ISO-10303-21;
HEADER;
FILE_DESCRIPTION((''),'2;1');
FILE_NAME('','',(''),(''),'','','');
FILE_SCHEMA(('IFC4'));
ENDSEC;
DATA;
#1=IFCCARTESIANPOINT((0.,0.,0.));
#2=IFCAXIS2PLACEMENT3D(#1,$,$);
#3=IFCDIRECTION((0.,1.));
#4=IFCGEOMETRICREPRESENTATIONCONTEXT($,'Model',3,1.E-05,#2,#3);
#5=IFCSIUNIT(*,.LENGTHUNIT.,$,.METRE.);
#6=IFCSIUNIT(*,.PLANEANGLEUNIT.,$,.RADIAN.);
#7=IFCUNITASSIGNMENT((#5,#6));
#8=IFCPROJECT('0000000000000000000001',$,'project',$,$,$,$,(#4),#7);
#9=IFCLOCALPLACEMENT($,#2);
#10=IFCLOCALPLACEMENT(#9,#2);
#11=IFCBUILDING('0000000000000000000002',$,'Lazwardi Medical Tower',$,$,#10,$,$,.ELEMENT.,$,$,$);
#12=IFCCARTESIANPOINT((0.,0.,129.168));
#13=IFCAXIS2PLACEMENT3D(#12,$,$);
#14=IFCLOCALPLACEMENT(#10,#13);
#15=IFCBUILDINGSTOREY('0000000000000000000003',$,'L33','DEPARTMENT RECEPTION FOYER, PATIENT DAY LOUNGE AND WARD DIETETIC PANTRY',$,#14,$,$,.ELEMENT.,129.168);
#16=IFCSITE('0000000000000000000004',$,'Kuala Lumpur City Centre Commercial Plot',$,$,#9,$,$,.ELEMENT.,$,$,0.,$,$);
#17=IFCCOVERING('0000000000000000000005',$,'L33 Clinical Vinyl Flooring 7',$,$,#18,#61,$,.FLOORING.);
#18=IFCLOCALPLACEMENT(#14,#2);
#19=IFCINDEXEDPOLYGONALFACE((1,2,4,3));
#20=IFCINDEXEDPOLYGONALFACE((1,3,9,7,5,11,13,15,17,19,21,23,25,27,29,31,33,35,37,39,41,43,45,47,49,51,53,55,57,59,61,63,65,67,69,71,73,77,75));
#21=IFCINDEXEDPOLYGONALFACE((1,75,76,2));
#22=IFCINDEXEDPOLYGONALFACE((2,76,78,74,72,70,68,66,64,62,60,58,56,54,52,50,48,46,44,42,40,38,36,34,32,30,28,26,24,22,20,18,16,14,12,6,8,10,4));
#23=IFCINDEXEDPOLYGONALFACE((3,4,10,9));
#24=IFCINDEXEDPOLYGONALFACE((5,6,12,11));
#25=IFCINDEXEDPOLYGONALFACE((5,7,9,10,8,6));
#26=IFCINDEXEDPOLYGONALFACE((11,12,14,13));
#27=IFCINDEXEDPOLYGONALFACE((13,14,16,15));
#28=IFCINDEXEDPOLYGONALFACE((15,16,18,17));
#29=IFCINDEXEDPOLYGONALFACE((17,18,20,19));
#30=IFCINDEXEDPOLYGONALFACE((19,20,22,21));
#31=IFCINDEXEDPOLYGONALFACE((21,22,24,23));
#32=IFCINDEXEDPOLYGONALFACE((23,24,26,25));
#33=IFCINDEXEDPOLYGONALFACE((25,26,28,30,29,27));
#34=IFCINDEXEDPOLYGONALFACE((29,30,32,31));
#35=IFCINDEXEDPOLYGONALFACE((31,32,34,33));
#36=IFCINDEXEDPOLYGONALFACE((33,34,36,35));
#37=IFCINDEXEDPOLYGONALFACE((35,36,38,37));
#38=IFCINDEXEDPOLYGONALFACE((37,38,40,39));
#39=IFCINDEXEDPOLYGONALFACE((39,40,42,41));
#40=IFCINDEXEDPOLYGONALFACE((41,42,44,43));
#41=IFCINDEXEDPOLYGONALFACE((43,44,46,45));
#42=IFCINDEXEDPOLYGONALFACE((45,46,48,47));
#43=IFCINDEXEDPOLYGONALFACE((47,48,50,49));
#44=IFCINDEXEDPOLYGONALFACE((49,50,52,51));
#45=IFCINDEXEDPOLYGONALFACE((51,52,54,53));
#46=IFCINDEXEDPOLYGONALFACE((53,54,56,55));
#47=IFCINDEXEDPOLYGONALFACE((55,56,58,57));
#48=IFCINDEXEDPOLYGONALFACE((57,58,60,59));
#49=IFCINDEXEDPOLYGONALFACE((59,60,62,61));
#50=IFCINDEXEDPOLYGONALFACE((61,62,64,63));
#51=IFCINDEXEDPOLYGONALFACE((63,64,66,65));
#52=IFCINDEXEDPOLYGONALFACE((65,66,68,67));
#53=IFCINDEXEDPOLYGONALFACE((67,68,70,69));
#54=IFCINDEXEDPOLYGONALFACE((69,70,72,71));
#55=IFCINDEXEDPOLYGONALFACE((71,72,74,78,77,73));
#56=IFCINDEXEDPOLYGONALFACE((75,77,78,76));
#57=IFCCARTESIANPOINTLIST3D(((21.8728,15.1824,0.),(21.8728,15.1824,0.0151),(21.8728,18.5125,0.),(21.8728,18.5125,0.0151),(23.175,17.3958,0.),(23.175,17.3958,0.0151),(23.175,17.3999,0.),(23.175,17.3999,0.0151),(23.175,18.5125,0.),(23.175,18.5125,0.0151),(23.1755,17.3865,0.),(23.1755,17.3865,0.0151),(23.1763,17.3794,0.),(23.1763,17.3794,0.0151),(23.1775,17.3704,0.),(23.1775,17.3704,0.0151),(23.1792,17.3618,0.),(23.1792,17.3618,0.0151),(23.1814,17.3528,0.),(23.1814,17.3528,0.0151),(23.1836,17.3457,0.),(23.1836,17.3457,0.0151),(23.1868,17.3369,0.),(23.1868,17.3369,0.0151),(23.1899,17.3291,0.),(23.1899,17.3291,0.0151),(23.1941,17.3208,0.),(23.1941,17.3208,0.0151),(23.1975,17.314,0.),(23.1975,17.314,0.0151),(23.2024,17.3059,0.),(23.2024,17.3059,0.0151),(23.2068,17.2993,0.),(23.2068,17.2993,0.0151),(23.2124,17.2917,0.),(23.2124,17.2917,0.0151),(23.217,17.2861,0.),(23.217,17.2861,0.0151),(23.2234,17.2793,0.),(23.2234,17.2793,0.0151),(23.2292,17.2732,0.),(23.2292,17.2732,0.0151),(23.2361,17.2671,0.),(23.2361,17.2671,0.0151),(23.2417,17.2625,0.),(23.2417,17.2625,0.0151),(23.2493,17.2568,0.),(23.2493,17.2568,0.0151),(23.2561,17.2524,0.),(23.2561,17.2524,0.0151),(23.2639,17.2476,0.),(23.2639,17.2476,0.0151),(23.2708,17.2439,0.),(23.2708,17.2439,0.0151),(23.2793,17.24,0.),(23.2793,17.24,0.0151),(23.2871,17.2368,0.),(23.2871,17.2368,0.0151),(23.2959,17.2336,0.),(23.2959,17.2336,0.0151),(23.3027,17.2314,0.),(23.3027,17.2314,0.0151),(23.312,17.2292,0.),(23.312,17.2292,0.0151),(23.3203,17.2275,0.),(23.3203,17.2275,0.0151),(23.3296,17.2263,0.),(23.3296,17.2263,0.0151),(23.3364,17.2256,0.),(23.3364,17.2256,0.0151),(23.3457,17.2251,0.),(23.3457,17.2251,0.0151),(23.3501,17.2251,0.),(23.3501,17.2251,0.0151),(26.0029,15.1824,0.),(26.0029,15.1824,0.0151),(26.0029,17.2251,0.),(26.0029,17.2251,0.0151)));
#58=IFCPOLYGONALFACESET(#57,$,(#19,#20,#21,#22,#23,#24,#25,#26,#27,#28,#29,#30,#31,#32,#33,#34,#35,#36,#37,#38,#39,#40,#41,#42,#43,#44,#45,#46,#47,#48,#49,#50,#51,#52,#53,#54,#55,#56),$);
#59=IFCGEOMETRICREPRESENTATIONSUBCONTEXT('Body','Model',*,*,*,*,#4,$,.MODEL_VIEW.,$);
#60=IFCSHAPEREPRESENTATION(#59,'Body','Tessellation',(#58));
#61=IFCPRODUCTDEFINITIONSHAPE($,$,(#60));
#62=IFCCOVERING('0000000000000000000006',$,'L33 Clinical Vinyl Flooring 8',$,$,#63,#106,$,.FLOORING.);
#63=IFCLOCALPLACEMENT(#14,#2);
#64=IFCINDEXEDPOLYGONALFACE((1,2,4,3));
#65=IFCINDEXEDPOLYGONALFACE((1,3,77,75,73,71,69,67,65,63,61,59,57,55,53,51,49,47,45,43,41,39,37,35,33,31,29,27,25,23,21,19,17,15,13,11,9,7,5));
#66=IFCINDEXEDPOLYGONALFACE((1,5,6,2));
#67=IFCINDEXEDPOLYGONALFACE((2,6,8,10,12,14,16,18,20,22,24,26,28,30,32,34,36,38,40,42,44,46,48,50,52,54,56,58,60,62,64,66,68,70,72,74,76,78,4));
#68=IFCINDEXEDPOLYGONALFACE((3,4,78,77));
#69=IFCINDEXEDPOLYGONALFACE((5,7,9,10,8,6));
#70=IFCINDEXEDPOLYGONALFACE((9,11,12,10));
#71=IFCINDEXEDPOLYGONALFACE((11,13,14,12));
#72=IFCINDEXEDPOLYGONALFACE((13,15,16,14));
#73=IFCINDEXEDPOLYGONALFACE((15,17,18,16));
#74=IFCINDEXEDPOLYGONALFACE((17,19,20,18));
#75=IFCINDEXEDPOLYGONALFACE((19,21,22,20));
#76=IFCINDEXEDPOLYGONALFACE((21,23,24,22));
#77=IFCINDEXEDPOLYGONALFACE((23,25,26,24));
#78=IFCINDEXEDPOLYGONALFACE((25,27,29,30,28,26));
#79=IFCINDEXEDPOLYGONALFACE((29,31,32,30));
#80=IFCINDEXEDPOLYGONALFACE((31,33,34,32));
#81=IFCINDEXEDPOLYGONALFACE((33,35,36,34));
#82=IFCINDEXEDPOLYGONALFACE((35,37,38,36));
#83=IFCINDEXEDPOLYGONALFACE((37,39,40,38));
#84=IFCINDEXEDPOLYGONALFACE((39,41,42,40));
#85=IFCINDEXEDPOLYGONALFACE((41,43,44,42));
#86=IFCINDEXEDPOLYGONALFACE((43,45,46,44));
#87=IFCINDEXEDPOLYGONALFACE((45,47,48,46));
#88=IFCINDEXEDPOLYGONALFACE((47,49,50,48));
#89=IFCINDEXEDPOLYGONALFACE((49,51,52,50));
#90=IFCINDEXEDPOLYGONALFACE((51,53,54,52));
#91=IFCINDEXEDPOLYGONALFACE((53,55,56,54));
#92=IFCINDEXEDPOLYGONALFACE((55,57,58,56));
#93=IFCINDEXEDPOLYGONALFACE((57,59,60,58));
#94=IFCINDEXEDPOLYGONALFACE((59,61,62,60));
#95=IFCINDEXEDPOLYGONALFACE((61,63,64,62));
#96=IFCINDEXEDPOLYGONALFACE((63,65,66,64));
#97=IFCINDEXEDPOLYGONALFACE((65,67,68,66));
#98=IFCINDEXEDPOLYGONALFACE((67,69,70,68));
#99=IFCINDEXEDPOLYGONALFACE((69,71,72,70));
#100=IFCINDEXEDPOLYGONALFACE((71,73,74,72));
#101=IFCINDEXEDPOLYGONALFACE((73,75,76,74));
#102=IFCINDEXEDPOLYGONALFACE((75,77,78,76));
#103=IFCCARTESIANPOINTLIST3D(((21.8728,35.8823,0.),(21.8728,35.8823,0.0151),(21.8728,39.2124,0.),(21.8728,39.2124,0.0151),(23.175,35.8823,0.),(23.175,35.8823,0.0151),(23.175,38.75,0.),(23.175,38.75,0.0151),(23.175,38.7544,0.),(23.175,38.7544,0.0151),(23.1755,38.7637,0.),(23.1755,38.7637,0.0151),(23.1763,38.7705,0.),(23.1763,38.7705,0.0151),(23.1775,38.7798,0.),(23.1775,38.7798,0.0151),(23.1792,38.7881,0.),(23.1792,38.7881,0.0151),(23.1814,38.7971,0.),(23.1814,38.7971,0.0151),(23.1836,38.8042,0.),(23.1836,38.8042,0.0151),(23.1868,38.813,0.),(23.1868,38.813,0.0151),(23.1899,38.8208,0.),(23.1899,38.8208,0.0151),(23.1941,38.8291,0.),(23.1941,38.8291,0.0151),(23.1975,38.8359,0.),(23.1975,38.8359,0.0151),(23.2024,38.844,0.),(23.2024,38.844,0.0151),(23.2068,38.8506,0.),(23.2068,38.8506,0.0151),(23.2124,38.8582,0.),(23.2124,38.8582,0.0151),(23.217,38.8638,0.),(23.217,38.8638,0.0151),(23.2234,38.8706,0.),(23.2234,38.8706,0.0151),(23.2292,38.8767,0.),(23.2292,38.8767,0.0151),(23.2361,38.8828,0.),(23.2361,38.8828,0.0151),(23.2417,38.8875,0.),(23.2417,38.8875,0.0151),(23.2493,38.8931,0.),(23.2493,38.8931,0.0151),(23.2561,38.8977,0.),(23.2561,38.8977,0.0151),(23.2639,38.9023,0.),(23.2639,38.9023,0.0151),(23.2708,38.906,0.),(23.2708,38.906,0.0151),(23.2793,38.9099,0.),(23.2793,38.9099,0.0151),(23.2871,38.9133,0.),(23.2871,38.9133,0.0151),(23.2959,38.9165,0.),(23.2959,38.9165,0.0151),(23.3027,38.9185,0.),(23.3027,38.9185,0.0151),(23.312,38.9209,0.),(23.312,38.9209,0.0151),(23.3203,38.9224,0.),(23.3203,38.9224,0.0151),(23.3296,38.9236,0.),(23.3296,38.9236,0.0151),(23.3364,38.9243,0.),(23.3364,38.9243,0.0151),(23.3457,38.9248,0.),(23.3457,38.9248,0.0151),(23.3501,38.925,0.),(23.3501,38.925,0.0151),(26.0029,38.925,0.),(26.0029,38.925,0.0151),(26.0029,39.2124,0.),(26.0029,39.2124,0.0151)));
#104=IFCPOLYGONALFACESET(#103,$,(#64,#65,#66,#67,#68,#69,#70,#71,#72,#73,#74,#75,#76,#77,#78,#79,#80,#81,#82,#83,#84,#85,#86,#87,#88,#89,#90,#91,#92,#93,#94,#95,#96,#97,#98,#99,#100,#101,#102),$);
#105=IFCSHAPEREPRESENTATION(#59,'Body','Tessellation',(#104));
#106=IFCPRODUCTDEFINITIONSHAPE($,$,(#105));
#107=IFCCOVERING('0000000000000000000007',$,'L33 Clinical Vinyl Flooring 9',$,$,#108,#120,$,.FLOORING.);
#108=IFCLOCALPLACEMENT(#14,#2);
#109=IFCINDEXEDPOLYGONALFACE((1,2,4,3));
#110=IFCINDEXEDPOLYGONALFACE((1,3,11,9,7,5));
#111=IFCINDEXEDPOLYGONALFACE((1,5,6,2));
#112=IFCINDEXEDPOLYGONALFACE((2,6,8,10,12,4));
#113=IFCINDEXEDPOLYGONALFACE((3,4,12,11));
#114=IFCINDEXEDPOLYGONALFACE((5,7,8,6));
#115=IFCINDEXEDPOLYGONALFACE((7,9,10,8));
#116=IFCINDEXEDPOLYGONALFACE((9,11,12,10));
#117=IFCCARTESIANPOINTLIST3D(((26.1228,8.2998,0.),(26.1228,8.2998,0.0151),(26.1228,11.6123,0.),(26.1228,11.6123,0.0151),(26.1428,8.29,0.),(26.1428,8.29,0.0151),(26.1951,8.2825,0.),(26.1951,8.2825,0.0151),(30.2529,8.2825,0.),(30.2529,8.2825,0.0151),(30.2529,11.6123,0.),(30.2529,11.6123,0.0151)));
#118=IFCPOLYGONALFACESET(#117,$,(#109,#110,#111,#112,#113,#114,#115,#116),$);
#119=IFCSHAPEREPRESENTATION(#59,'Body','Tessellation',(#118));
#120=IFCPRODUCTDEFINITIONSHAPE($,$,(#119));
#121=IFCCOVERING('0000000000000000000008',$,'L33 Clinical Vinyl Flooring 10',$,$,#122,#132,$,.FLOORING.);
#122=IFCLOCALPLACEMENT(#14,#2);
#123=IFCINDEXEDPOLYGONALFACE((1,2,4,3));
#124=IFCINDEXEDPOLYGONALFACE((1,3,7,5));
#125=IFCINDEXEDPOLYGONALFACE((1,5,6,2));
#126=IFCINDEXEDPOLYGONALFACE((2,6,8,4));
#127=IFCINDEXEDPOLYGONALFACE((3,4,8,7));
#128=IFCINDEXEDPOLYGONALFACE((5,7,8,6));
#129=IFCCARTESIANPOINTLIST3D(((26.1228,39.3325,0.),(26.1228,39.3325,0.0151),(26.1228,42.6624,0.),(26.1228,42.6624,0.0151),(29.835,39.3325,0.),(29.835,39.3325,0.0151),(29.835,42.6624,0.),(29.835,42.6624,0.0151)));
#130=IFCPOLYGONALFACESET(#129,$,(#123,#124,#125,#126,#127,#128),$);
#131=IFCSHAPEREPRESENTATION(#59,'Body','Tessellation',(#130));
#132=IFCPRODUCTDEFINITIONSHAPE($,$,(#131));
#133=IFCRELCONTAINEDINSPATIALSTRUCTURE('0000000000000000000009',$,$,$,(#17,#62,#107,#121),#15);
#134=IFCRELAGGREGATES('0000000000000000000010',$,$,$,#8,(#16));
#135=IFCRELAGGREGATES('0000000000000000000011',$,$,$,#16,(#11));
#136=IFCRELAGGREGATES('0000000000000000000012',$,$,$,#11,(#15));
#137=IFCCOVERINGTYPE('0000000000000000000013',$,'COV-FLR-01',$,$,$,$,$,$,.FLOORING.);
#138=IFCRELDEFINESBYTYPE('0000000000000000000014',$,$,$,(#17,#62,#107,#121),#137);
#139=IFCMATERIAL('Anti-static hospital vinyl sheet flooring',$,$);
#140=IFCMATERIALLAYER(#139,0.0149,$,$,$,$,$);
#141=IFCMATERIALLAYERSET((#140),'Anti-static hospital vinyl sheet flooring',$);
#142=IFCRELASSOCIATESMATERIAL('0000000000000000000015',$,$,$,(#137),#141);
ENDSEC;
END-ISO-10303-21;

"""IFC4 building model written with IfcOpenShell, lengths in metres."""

from ifc_helpers import new_model, si_unit, direction, frame, origin, place, context, subcontext, project, spatial, polyline, outline, extrude, material, layer, layer_set, type_object, element, save


model = new_model("IFC4")

# Units and contexts
model_context = context("Model", 3, precision=1e-05, world=origin(), true_north=direction((0.0, 1.0)))
body_context = subcontext(model_context, "Body", "Model", "MODEL_VIEW")
ifc_project = project(units=[si_unit("LENGTHUNIT", "METRE"), si_unit("PLANEANGLEUNIT", "RADIAN")], contexts=[model_context])

# Site, building, storey
site_placement = place(None, origin())
site = spatial("IfcSite", under=ifc_project, at=site_placement, Name="Kuala Lumpur City Centre Commercial Plot", CompositionType="ELEMENT", RefElevation=0.0)
building_placement = place(site_placement, origin())
building = spatial("IfcBuilding", under=site, at=building_placement, Name="Lazwardi Medical Tower", CompositionType="ELEMENT")
storey_placement = place(building_placement, frame((0.0, 0.0, 129.168)))
storey = spatial("IfcBuildingStorey", under=building, at=storey_placement, Name="L33", Description="DEPARTMENT RECEPTION FOYER, PATIENT DAY LOUNGE AND WARD DIETETIC PANTRY", CompositionType="ELEMENT", Elevation=129.168)

# Coverings
ifc_material_1 = material(Name="Anti-static hospital vinyl sheet flooring")
ifc_layer_1 = layer(ifc_material_1, 0.0149)
ifc_layer_set_1 = layer_set([ifc_layer_1], Name="Anti-static hospital vinyl sheet flooring")
covering_type_1 = type_object("IfcCoveringType", Name="COV-FLR-01", PredefinedType="FLOORING", material=ifc_layer_set_1)
covering_1_placement = place(storey_placement, origin())
element("IfcCovering", 1, at=covering_1_placement, inside=storey, type_object=covering_type_1, Name="L33 Clinical Vinyl Flooring 7", PredefinedType="FLOORING", context=body_context, shape_type="SweptSolid", body=[
    extrude(outline(polyline([(26.0029, 17.2251), (23.3501, 17.2251), (23.3457, 17.2251), (23.3364, 17.2256), (23.3296, 17.2263), (23.3203, 17.2275), (23.312, 17.2292), (23.3027, 17.2314), (23.2959, 17.2336), (23.2871, 17.2368), (23.2793, 17.24), (23.2708, 17.2439), (23.2639, 17.2476), (23.2561, 17.2524), (23.2493, 17.2568), (23.2417, 17.2625), (23.2361, 17.2671), (23.2292, 17.2732), (23.2234, 17.2793), (23.217, 17.2861), (23.2124, 17.2917), (23.2068, 17.2993), (23.2024, 17.3059), (23.1975, 17.314), (23.1941, 17.3208), (23.1899, 17.3291), (23.1868, 17.3369), (23.1836, 17.3457), (23.1814, 17.3528), (23.1792, 17.3618), (23.1775, 17.3704), (23.1763, 17.3794), (23.1755, 17.3865), (23.175, 17.3958), (23.175, 17.3999), (23.175, 18.5125), (21.8728, 18.5125), (21.8728, 15.1824), (26.0029, 15.1824), (26.0029, 17.2251)])), origin(), (0.0, 0.0, 1.0), 0.0151),
])
covering_2_placement = place(storey_placement, origin())
element("IfcCovering", 2, at=covering_2_placement, inside=storey, type_object=covering_type_1, Name="L33 Clinical Vinyl Flooring 8", PredefinedType="FLOORING", context=body_context, shape_type="SweptSolid", body=[
    extrude(outline(polyline([(23.175, 35.8823), (23.175, 38.75), (23.175, 38.7544), (23.1755, 38.7637), (23.1763, 38.7705), (23.1775, 38.7798), (23.1792, 38.7881), (23.1814, 38.7971), (23.1836, 38.8042), (23.1868, 38.813), (23.1899, 38.8208), (23.1941, 38.8291), (23.1975, 38.8359), (23.2024, 38.844), (23.2068, 38.8506), (23.2124, 38.8582), (23.217, 38.8638), (23.2234, 38.8706), (23.2292, 38.8767), (23.2361, 38.8828), (23.2417, 38.8875), (23.2493, 38.8931), (23.2561, 38.8977), (23.2639, 38.9023), (23.2708, 38.906), (23.2793, 38.9099), (23.2871, 38.9133), (23.2959, 38.9165), (23.3027, 38.9185), (23.312, 38.9209), (23.3203, 38.9224), (23.3296, 38.9236), (23.3364, 38.9243), (23.3457, 38.9248), (23.3501, 38.925), (26.0029, 38.925), (26.0029, 39.2124), (21.8728, 39.2124), (21.8728, 35.8823), (23.175, 35.8823)])), origin(), (0.0, 0.0, 1.0), 0.0151),
])
covering_3_placement = place(storey_placement, origin())
element("IfcCovering", 3, at=covering_3_placement, inside=storey, type_object=covering_type_1, Name="L33 Clinical Vinyl Flooring 9", PredefinedType="FLOORING", context=body_context, shape_type="SweptSolid", body=[
    extrude(outline(polyline([(26.1228, 8.2998), (26.1428, 8.29), (26.1951, 8.2825), (30.2529, 8.2825), (30.2529, 11.6123), (26.1228, 11.6123), (26.1228, 8.2998)])), origin(), (0.0, 0.0, 1.0), 0.0151),
])
covering_4_placement = place(storey_placement, origin())
element("IfcCovering", 4, at=covering_4_placement, inside=storey, type_object=covering_type_1, Name="L33 Clinical Vinyl Flooring 10", PredefinedType="FLOORING", context=body_context, shape_type="SweptSolid", body=[
    extrude(outline(polyline([(29.835, 39.3325), (29.835, 42.6624), (26.1228, 42.6624), (26.1228, 39.3325), (29.835, 39.3325)])), origin(), (0.0, 0.0, 1.0), 0.0151),
])

save(model, "model.ifc")
